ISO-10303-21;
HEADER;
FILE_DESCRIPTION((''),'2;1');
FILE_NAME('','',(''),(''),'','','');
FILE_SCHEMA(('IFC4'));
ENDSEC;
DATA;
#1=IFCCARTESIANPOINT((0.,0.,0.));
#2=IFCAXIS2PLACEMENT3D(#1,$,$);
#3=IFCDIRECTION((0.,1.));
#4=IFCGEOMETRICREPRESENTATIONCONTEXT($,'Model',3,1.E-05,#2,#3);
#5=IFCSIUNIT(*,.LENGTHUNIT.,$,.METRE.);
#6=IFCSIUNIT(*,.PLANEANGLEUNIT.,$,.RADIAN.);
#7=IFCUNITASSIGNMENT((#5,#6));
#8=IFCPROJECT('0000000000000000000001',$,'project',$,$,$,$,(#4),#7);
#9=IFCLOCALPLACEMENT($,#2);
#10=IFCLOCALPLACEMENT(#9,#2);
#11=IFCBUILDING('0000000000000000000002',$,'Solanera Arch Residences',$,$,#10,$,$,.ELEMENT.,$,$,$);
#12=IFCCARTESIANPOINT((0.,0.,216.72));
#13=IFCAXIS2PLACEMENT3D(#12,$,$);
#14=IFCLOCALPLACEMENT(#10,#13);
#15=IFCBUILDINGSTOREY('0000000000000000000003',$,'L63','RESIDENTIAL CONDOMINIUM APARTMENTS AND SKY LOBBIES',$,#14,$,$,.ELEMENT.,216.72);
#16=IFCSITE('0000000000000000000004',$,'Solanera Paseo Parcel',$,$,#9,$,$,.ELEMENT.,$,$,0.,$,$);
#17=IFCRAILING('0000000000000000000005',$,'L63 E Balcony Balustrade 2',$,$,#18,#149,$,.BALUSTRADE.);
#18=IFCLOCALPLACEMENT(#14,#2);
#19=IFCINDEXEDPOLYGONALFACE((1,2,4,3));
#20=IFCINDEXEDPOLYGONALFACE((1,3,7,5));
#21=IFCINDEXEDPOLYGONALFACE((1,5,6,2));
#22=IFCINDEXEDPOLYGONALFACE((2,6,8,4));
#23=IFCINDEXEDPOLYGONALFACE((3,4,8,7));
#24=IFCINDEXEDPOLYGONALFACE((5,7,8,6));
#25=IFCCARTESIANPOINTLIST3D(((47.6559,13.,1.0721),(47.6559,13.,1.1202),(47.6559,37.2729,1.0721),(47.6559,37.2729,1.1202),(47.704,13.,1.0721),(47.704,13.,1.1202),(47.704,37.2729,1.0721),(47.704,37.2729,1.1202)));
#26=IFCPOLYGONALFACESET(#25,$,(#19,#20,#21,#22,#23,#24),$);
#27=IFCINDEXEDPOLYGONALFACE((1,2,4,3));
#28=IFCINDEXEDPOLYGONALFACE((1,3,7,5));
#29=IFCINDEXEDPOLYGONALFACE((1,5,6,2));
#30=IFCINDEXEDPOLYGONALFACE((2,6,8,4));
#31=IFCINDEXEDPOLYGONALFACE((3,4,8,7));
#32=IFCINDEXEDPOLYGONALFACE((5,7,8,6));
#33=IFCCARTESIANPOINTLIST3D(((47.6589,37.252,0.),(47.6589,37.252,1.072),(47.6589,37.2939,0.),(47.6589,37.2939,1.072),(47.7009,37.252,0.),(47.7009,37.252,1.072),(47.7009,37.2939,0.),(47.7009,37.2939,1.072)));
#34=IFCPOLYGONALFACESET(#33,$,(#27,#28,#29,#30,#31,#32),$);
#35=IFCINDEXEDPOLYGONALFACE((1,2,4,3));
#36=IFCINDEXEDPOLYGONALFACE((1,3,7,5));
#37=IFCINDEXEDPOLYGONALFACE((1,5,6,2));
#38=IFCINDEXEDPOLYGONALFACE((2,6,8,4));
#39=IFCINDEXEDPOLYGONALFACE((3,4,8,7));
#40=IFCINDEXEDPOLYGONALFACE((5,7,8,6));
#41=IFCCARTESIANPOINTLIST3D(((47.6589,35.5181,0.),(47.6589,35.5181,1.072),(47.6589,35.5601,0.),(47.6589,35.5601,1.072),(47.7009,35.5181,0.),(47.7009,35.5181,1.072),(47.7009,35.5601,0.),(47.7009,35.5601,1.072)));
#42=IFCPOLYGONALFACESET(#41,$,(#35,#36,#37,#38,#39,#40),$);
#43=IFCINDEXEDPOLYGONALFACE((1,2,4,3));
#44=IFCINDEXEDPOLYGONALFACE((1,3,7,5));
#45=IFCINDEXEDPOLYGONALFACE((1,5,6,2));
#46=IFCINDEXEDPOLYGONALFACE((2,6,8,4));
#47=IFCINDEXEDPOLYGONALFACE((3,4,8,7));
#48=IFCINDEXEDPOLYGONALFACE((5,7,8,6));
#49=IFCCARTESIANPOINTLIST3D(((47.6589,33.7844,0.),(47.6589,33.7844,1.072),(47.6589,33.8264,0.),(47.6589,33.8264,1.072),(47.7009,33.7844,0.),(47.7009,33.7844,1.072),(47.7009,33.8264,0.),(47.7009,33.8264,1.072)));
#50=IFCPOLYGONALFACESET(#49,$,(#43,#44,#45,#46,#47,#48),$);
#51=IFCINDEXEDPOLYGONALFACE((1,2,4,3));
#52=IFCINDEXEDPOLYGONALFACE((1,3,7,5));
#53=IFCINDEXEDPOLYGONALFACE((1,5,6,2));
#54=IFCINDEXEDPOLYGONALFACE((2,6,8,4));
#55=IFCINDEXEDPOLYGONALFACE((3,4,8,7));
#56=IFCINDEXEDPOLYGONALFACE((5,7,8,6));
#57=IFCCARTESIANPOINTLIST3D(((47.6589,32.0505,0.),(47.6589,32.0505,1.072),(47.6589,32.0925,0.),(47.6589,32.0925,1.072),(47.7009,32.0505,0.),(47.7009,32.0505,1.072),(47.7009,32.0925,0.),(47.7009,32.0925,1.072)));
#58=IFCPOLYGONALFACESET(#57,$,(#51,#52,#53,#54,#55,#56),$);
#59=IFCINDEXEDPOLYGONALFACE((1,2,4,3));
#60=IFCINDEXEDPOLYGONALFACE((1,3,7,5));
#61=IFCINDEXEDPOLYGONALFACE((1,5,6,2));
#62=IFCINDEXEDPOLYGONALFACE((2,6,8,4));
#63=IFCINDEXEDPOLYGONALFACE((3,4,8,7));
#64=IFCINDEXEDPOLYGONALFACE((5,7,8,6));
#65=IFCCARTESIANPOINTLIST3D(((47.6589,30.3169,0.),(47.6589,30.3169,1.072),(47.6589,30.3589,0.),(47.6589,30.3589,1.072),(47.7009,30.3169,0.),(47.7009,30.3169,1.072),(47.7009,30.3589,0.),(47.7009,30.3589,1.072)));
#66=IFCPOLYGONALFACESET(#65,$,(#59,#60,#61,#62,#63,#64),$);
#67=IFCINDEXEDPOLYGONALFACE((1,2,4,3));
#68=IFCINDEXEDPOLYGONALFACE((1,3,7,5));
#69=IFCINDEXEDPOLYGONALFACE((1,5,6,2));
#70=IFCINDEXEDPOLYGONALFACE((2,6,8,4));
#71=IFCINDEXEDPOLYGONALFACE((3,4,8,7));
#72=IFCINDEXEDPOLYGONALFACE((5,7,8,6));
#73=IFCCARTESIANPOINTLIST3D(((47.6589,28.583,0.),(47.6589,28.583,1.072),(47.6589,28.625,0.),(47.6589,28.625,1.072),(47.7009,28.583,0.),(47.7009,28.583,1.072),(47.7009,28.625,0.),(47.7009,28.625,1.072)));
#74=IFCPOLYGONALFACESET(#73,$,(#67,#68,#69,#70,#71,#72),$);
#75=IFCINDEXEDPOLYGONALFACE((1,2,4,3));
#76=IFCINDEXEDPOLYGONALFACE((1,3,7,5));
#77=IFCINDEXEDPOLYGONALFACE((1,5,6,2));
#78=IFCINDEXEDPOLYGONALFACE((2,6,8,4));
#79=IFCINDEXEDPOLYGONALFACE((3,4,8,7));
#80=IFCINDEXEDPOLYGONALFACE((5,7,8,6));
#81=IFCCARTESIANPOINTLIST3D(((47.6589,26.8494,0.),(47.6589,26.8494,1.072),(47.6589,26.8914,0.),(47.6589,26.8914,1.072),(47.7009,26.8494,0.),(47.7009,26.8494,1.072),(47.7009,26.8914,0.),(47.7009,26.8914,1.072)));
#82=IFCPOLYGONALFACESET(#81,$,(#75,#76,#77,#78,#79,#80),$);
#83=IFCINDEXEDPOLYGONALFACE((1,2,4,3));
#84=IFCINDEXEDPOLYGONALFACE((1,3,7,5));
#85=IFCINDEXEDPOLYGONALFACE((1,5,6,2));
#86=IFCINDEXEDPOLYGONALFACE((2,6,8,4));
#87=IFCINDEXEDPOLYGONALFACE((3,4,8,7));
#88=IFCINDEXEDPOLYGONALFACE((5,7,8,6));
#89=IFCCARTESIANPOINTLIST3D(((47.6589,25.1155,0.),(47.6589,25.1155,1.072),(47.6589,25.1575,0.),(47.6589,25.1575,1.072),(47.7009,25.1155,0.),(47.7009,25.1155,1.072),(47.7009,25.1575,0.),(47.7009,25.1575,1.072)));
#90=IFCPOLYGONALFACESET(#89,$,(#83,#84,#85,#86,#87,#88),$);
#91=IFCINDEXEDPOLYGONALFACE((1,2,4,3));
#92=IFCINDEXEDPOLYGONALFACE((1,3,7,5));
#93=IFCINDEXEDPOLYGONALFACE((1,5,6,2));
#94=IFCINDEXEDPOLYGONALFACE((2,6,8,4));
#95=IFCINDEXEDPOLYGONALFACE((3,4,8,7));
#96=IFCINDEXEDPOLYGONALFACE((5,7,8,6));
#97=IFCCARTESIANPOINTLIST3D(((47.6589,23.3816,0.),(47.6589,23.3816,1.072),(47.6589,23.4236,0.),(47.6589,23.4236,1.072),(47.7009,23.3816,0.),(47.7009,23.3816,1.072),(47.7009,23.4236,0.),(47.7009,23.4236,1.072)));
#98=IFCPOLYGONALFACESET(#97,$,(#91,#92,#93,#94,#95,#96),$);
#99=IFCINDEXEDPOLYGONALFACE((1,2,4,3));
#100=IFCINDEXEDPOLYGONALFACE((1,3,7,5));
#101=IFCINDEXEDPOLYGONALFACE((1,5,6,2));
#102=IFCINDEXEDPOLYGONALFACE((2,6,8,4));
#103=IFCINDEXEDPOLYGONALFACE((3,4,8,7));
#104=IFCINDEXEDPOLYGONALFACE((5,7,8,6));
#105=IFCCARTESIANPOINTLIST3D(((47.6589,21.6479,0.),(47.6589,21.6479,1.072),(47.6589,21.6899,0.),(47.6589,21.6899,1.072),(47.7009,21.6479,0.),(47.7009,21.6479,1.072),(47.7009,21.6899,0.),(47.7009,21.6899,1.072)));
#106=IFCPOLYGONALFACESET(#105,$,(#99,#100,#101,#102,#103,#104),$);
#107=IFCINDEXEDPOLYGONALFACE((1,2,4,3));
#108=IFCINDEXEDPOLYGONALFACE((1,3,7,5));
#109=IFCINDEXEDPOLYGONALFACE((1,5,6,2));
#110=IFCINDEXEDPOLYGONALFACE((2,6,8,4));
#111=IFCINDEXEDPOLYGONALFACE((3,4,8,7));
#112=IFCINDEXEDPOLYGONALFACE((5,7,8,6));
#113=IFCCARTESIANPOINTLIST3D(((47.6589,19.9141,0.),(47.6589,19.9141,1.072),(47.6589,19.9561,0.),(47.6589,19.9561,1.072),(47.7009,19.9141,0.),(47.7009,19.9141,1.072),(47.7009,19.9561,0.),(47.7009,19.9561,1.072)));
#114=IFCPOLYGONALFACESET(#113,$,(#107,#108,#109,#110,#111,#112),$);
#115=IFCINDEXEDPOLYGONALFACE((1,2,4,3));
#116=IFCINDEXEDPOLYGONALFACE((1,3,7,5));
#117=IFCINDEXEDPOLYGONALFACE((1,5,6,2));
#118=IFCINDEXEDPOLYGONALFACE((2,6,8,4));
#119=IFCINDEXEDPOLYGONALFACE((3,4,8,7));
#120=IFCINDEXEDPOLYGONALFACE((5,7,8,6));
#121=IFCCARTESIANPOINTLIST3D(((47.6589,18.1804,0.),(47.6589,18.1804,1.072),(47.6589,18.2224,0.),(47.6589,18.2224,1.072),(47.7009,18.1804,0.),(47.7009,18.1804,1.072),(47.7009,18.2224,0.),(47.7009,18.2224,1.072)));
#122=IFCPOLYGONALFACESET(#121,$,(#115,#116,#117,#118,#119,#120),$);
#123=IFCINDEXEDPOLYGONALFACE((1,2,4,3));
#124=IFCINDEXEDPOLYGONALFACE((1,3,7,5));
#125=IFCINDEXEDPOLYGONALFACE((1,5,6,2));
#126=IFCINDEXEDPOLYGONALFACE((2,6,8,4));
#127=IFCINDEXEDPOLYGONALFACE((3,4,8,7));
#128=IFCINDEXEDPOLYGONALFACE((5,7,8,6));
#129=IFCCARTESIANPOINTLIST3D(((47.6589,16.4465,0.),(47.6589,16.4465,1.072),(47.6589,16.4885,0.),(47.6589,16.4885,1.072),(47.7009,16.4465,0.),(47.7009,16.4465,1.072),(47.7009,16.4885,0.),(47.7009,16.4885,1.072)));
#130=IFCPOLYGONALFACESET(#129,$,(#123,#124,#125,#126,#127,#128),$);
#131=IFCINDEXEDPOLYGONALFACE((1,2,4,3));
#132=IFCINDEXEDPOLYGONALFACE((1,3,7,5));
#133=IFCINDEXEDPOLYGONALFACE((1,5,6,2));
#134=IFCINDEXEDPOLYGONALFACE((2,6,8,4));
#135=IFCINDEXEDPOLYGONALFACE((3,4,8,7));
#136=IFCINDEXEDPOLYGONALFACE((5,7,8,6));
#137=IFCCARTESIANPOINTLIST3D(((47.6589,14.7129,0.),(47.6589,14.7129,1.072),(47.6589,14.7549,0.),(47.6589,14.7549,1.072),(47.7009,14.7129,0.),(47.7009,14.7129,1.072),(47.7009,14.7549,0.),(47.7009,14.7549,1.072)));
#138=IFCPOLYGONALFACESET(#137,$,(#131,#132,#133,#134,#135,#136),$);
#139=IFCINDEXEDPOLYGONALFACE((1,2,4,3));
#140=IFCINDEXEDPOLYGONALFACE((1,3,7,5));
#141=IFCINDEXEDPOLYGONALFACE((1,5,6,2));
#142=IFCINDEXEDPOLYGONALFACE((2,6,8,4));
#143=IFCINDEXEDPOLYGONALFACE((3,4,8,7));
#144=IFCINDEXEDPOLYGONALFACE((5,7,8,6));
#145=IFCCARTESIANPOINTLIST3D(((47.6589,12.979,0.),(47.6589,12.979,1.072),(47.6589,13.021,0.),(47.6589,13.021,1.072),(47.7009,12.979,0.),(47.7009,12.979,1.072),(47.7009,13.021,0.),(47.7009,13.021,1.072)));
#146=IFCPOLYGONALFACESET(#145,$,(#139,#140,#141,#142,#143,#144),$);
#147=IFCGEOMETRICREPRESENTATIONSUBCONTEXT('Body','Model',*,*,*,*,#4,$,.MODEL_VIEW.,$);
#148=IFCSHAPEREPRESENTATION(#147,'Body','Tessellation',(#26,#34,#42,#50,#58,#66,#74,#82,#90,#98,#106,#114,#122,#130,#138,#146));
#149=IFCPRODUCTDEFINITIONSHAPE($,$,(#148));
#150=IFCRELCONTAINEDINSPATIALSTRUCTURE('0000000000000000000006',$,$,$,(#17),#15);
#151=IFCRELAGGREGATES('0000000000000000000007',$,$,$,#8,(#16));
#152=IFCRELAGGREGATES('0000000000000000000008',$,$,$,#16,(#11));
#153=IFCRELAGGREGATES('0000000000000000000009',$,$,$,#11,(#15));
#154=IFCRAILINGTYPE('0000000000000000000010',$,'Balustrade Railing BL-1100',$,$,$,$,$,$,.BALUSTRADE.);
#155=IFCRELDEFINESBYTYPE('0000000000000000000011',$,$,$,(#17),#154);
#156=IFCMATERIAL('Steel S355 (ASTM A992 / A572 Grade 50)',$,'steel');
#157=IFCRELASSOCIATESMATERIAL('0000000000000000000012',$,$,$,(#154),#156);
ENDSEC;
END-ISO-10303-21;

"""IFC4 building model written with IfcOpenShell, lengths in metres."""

from ifc_helpers import new_model, si_unit, direction, frame, origin, origin_2d, place, context, subcontext, project, spatial, rectangle, extrude, material, type_object, element, save


model = new_model("IFC4")

# Units and contexts
model_context = context("Model", 3, precision=1e-05, world=origin(), true_north=direction((0.0, 1.0)))
body_context = subcontext(model_context, "Body", "Model", "MODEL_VIEW")
ifc_project = project(units=[si_unit("LENGTHUNIT", "METRE"), si_unit("PLANEANGLEUNIT", "RADIAN")], contexts=[model_context])

# Site, building, storey
site_placement = place(None, origin())
site = spatial("IfcSite", under=ifc_project, at=site_placement, Name="Solanera Paseo Parcel", CompositionType="ELEMENT", RefElevation=0.0)
building_placement = place(site_placement, origin())
building = spatial("IfcBuilding", under=site, at=building_placement, Name="Solanera Arch Residences", CompositionType="ELEMENT")
storey_placement = place(building_placement, frame((0.0, 0.0, 216.72)))
storey = spatial("IfcBuildingStorey", under=building, at=storey_placement, Name="L63", Description="RESIDENTIAL CONDOMINIUM APARTMENTS AND SKY LOBBIES", CompositionType="ELEMENT", Elevation=216.72)

# Railing
ifc_material_1 = material(Name="Steel S355 (ASTM A992 / A572 Grade 50)", Category="steel")
railing_type = type_object("IfcRailingType", Name="Balustrade Railing BL-1100", PredefinedType="BALUSTRADE", material=ifc_material_1)
railing_placement = place(storey_placement, frame((47.6799, 37.2729, 0.0)))
element("IfcRailing", 1, at=railing_placement, inside=storey, type_object=railing_type, Name="L63 E Balcony Balustrade 2", PredefinedType="BALUSTRADE", context=body_context, shape_type="SweptSolid", body=[
    extrude(rectangle(XDim=0.0481, YDim=0.0481, at=origin_2d()), frame((0.0, 0.0, 1.0962), z_axis=(0.0, -1.0, 0.0), x_axis=(1.0, 0.0, 0.0)), (0.0, 0.0, 1.0), 24.2729),
    extrude(rectangle(XDim=0.042, YDim=0.042, at=origin_2d()), origin(), (0.0, 0.0, 1.0), 1.072),
    extrude(rectangle(XDim=0.042, YDim=0.042, at=origin_2d()), frame((0.0, -1.7339, 0.0)), (0.0, 0.0, 1.0), 1.072),
    extrude(rectangle(XDim=0.042, YDim=0.042, at=origin_2d()), frame((0.0, -3.4675, 0.0)), (0.0, 0.0, 1.0), 1.072),
    extrude(rectangle(XDim=0.042, YDim=0.042, at=origin_2d()), frame((0.0, -5.2014, 0.0)), (0.0, 0.0, 1.0), 1.072),
    extrude(rectangle(XDim=0.042, YDim=0.042, at=origin_2d()), frame((0.0, -6.9351, 0.0)), (0.0, 0.0, 1.0), 1.072),
    extrude(rectangle(XDim=0.042, YDim=0.042, at=origin_2d()), frame((0.0, -8.6689, 0.0)), (0.0, 0.0, 1.0), 1.072),
    extrude(rectangle(XDim=0.042, YDim=0.042, at=origin_2d()), frame((0.0, -10.4026, 0.0)), (0.0, 0.0, 1.0), 1.072),
    extrude(rectangle(XDim=0.042, YDim=0.042, at=origin_2d()), frame((0.0, -12.1365, 0.0)), (0.0, 0.0, 1.0), 1.072),
    extrude(rectangle(XDim=0.042, YDim=0.042, at=origin_2d()), frame((0.0, -13.8704, 0.0)), (0.0, 0.0, 1.0), 1.072),
    extrude(rectangle(XDim=0.042, YDim=0.042, at=origin_2d()), frame((0.0, -15.604, 0.0)), (0.0, 0.0, 1.0), 1.072),
    extrude(rectangle(XDim=0.042, YDim=0.042, at=origin_2d()), frame((0.0, -17.3379, 0.0)), (0.0, 0.0, 1.0), 1.072),
    extrude(rectangle(XDim=0.042, YDim=0.042, at=origin_2d()), frame((0.0, -19.0715, 0.0)), (0.0, 0.0, 1.0), 1.072),
    extrude(rectangle(XDim=0.042, YDim=0.042, at=origin_2d()), frame((0.0, -20.8054, 0.0)), (0.0, 0.0, 1.0), 1.072),
    extrude(rectangle(XDim=0.042, YDim=0.042, at=origin_2d()), frame((0.0, -22.5391, 0.0)), (0.0, 0.0, 1.0), 1.072),
    extrude(rectangle(XDim=0.042, YDim=0.042, at=origin_2d()), frame((0.0, -24.2729, 0.0)), (0.0, 0.0, 1.0), 1.072),
])

save(model, "model.ifc")
